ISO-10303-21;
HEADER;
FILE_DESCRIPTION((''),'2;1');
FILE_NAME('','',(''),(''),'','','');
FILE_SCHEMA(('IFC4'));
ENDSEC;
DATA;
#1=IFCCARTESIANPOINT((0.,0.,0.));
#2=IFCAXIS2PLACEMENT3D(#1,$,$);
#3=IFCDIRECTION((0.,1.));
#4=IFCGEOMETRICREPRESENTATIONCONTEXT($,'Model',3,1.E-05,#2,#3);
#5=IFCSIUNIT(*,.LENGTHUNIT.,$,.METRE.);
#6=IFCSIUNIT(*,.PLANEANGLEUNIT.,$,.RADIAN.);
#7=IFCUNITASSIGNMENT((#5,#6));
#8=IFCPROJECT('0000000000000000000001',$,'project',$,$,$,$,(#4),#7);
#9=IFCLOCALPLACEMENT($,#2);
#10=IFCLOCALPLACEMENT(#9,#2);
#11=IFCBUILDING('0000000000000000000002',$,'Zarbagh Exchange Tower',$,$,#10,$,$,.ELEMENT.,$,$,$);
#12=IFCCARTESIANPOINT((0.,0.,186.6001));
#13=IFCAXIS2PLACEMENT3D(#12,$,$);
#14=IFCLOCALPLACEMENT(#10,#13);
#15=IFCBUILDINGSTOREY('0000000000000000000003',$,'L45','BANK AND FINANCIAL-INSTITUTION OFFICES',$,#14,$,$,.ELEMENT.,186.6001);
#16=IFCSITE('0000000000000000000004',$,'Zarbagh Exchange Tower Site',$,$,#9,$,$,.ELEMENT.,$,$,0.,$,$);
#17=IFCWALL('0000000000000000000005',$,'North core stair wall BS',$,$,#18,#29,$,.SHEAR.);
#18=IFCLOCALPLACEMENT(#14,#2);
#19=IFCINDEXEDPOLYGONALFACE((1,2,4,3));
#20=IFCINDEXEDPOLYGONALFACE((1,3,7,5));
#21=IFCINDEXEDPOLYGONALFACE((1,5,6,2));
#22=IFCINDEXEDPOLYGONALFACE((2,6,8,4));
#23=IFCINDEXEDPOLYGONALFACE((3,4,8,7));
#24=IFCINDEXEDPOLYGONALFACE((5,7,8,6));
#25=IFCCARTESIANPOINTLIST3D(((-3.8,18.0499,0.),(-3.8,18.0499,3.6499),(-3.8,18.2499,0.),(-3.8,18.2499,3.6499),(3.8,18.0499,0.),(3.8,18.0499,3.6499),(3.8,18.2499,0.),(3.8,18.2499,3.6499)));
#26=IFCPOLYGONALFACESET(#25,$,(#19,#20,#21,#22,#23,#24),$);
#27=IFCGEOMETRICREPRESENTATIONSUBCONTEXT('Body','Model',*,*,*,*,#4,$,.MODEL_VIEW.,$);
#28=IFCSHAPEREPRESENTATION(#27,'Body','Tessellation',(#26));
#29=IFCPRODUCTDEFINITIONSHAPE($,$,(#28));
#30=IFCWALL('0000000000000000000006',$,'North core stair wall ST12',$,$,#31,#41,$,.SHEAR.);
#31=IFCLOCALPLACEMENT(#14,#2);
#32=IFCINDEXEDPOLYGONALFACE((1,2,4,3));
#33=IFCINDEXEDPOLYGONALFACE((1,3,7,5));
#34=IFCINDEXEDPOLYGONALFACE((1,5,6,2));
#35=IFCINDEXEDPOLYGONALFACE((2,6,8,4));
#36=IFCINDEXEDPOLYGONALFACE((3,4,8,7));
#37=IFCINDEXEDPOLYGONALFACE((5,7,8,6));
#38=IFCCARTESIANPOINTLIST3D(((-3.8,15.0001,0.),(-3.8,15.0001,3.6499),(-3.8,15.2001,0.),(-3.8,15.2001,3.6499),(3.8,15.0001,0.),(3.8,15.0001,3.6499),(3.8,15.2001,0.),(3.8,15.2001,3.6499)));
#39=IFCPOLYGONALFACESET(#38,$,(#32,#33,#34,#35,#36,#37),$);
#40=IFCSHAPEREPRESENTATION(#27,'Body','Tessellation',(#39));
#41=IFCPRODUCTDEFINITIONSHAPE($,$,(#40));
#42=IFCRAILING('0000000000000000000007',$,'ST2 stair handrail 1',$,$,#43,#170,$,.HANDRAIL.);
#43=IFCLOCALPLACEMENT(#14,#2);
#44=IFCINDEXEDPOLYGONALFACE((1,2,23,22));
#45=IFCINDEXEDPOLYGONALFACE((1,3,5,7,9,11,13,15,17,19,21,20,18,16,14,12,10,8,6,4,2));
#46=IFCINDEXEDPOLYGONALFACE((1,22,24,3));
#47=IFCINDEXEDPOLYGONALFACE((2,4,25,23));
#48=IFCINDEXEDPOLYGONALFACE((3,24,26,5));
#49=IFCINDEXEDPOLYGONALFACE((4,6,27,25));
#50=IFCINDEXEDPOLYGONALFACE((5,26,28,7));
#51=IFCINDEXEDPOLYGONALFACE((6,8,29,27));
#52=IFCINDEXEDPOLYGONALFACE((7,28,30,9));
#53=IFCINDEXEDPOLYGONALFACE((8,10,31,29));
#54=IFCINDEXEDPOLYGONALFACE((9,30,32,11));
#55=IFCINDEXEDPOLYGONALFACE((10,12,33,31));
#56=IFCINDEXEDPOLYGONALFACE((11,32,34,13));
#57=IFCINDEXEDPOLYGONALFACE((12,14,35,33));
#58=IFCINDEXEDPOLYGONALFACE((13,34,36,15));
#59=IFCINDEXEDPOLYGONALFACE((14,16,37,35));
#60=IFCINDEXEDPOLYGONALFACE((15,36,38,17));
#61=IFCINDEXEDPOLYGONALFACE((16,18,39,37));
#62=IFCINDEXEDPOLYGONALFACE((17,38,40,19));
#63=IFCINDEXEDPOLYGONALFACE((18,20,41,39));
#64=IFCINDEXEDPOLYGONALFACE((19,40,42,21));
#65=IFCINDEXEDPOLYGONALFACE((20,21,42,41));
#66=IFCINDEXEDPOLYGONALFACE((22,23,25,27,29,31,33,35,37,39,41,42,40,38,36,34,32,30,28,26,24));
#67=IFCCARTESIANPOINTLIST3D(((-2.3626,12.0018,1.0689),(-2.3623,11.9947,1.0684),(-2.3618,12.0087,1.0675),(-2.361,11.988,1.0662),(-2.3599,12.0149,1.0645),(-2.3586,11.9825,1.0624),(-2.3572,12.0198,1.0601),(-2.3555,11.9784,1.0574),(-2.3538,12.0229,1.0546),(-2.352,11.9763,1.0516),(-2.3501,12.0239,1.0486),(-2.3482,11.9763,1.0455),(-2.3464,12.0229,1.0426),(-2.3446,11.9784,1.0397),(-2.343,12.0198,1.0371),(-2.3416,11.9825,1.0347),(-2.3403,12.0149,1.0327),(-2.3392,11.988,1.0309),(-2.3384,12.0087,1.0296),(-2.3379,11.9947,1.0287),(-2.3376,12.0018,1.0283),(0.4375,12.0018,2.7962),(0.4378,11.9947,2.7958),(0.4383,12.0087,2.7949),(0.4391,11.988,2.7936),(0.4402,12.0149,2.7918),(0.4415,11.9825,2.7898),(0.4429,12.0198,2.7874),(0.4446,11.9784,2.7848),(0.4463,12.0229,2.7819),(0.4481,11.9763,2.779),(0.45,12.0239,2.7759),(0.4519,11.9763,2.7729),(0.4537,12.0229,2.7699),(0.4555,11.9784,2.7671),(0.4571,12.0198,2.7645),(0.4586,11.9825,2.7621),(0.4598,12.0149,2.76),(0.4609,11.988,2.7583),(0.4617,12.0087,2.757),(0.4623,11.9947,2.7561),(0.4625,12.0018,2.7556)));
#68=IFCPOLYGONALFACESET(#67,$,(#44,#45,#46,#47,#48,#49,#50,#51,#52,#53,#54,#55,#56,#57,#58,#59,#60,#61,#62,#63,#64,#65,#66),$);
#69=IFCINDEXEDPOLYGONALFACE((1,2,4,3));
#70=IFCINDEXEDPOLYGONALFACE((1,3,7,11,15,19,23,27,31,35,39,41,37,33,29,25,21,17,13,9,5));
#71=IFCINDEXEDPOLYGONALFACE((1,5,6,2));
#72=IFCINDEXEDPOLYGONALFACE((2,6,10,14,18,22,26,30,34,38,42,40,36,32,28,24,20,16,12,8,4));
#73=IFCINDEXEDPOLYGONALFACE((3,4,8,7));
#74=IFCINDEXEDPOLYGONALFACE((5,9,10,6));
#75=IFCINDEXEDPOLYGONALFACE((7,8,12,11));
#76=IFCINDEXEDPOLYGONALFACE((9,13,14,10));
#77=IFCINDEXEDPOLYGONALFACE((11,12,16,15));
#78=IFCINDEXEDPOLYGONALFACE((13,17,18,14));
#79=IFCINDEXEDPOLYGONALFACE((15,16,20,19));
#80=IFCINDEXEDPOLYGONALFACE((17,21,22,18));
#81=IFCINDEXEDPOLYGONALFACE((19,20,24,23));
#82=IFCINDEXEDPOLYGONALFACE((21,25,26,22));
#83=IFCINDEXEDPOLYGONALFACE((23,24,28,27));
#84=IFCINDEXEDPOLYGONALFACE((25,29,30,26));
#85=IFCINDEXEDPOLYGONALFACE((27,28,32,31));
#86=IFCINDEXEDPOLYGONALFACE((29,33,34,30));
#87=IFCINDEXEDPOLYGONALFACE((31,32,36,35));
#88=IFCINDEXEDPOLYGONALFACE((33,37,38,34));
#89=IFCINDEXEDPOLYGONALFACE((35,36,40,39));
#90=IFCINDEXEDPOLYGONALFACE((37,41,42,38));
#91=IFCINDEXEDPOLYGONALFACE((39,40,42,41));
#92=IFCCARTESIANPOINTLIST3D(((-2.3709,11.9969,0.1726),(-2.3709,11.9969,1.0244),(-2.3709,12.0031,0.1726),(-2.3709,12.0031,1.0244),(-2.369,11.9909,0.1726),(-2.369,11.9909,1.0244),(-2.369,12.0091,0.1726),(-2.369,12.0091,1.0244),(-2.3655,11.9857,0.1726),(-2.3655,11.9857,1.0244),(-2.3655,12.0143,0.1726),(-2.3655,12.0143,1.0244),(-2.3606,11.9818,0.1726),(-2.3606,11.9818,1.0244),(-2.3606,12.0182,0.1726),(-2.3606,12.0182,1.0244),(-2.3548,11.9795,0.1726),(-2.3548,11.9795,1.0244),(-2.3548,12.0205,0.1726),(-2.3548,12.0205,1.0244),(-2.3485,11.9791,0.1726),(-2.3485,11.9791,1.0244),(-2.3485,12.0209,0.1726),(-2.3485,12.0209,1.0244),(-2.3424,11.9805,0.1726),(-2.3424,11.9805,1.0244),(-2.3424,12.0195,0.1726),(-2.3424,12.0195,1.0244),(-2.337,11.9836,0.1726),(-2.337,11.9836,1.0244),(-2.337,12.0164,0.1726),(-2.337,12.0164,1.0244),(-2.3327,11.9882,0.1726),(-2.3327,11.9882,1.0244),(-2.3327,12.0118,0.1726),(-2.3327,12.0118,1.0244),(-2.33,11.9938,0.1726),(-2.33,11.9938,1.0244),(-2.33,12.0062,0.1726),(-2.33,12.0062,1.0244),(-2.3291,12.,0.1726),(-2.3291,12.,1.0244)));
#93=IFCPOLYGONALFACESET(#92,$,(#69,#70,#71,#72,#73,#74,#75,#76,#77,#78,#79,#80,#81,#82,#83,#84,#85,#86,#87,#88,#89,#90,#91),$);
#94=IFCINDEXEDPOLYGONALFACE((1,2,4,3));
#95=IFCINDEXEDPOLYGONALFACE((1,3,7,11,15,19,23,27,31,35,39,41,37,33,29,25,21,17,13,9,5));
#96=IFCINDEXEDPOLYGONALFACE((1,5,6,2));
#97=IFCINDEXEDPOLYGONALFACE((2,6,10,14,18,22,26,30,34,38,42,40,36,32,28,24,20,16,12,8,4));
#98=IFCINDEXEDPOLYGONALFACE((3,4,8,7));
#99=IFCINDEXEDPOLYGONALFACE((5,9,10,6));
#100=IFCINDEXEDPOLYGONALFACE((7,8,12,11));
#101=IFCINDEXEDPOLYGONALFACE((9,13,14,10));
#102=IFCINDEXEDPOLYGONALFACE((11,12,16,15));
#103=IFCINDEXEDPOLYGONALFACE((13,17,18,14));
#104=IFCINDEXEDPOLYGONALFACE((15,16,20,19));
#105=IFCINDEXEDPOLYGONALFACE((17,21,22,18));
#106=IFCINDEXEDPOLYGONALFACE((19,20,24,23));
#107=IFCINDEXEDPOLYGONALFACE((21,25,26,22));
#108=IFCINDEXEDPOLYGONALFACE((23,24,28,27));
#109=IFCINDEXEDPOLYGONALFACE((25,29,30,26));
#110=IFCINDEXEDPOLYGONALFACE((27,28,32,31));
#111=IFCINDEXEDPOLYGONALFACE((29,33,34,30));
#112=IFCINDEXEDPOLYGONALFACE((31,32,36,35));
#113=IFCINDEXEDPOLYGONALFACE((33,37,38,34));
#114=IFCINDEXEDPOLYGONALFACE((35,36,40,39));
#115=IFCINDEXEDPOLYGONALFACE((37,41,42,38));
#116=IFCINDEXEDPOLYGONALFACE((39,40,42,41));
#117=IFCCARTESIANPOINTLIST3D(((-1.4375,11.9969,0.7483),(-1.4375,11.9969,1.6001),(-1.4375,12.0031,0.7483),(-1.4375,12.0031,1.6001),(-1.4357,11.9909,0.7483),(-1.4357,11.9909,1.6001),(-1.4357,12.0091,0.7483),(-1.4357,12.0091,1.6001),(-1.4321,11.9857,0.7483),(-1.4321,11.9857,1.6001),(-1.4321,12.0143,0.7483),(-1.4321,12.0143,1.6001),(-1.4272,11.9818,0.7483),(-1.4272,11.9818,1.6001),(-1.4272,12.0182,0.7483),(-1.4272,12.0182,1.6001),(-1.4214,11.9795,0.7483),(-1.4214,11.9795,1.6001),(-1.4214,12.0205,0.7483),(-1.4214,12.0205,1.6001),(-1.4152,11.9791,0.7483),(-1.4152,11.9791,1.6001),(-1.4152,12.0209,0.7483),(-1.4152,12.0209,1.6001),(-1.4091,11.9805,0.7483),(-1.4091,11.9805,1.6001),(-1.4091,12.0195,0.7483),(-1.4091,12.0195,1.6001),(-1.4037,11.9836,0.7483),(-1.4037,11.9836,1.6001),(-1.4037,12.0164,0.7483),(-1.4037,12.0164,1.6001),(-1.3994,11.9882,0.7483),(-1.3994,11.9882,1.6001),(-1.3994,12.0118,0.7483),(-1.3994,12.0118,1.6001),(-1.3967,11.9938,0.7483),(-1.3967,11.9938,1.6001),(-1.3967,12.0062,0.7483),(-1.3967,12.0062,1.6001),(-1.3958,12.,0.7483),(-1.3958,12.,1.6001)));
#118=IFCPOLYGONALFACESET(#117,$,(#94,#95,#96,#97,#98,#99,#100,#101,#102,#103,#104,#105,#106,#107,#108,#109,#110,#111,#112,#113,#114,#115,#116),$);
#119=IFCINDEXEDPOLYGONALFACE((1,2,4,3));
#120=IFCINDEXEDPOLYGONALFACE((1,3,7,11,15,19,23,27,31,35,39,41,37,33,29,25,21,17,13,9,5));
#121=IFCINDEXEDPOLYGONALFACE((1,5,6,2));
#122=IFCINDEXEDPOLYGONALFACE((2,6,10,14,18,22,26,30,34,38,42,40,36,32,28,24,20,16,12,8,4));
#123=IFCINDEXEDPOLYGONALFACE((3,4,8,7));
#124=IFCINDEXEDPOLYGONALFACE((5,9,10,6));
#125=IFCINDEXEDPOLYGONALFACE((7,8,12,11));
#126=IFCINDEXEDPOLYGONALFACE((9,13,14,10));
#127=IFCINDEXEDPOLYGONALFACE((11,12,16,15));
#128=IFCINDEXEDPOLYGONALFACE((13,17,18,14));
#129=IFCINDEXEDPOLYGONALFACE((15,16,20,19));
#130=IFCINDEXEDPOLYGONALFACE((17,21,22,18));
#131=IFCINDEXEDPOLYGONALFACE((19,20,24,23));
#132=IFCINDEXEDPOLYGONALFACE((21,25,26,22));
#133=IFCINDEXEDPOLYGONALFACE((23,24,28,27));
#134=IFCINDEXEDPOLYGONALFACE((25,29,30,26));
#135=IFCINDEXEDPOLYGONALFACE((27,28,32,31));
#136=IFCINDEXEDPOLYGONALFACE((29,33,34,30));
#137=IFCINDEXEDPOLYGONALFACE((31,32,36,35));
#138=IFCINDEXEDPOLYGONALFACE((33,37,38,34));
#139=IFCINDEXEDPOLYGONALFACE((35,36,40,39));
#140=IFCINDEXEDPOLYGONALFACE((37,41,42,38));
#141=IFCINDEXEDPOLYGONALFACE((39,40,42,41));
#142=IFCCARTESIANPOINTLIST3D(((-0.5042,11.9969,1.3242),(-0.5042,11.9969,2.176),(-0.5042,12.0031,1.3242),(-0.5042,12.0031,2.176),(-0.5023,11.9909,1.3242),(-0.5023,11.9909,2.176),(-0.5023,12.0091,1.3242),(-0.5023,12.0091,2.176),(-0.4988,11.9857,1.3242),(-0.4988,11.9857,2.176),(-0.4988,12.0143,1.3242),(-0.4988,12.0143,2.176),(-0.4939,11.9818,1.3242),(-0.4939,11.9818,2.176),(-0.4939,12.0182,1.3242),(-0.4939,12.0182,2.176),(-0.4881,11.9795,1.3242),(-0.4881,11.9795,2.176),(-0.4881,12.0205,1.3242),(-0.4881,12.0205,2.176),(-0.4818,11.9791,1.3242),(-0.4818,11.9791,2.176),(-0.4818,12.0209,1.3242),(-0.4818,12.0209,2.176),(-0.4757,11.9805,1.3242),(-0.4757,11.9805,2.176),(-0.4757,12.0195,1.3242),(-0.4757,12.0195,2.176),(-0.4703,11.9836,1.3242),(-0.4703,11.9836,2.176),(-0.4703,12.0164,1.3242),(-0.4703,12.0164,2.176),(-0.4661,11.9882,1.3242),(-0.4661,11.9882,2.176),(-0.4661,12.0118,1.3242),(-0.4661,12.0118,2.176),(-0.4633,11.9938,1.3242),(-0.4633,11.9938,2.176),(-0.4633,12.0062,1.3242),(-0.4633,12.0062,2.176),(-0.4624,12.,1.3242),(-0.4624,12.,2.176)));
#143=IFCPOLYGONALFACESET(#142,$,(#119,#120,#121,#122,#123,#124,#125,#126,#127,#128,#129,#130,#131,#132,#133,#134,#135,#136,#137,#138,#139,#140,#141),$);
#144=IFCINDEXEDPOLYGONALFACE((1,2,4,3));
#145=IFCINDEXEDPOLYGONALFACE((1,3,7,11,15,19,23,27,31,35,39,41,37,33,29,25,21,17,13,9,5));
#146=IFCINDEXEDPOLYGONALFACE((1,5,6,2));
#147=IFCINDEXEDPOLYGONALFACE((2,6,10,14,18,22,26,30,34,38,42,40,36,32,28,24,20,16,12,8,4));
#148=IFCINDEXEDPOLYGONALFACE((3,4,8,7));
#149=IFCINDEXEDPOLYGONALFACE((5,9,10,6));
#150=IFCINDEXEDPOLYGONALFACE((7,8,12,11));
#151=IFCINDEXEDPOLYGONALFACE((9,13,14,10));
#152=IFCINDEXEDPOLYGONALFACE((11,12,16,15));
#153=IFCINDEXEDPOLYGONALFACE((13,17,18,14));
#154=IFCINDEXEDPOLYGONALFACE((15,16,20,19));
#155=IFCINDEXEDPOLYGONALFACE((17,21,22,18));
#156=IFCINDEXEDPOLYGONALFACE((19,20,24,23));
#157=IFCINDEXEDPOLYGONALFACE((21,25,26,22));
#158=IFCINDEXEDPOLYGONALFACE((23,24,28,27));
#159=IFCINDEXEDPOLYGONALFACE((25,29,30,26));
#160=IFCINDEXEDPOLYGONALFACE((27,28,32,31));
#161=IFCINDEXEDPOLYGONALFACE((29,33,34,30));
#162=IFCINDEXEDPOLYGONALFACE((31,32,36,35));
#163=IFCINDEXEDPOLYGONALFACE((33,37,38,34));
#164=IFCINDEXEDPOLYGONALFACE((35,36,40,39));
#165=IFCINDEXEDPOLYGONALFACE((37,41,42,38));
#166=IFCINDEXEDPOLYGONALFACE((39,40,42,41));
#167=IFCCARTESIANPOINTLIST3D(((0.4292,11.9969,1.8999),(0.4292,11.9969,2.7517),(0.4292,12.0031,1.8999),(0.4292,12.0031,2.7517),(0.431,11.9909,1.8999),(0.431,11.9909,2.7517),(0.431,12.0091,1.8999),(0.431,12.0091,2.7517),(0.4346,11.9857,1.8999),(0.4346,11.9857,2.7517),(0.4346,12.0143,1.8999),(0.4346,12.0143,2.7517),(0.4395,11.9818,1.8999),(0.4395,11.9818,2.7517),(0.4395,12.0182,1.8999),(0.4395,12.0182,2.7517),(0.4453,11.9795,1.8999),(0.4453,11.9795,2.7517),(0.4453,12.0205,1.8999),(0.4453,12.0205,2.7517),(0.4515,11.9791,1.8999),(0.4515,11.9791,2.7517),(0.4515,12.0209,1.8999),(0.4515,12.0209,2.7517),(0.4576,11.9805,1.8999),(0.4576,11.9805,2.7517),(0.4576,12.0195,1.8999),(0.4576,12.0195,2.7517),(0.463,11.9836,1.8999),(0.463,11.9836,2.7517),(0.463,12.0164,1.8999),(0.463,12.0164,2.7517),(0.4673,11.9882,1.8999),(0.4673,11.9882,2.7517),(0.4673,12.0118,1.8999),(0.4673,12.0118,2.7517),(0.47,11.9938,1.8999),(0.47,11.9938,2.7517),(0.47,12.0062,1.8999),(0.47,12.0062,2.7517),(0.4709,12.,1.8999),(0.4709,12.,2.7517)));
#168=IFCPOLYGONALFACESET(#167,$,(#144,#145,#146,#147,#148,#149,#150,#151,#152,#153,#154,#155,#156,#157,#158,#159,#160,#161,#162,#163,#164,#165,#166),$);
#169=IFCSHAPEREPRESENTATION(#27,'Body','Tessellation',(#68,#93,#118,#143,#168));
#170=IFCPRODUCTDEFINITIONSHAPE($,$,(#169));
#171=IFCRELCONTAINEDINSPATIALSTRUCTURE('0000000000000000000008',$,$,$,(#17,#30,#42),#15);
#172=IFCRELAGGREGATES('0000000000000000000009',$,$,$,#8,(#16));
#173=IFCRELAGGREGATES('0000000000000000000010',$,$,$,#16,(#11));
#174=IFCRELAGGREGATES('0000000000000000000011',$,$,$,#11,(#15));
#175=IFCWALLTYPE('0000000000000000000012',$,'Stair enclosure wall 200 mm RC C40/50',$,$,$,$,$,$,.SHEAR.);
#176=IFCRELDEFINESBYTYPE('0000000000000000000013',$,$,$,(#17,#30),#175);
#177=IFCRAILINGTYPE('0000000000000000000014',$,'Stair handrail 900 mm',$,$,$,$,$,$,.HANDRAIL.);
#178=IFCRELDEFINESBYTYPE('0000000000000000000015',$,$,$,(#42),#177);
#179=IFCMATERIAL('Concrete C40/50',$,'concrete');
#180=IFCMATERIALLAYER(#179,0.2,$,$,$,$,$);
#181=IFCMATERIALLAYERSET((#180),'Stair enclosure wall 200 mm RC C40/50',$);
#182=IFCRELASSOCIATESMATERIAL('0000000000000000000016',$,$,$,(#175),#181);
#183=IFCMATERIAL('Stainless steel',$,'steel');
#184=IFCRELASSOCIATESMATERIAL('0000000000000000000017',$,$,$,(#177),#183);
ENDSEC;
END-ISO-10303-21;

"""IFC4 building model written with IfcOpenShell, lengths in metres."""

from ifc_helpers import new_model, si_unit, direction, frame, frame_2d, origin, origin_2d, place, context, subcontext, project, spatial, rectangle, circle, extrude, material, layer, layer_set, type_object, element, save


model = new_model("IFC4")

# Units and contexts
model_context = context("Model", 3, precision=1e-05, world=origin(), true_north=direction((0.0, 1.0)))
body_context = subcontext(model_context, "Body", "Model", "MODEL_VIEW")
ifc_project = project(units=[si_unit("LENGTHUNIT", "METRE"), si_unit("PLANEANGLEUNIT", "RADIAN")], contexts=[model_context])

# Site, building, storey
site_placement = place(None, origin())
site = spatial("IfcSite", under=ifc_project, at=site_placement, Name="Zarbagh Exchange Tower Site", CompositionType="ELEMENT", RefElevation=0.0)
building_placement = place(site_placement, origin())
building = spatial("IfcBuilding", under=site, at=building_placement, Name="Zarbagh Exchange Tower", CompositionType="ELEMENT")
storey_placement = place(building_placement, frame((0.0, 0.0, 186.6001)))
storey = spatial("IfcBuildingStorey", under=building, at=storey_placement, Name="L45", Description="BANK AND FINANCIAL-INSTITUTION OFFICES", CompositionType="ELEMENT", Elevation=186.6001)

# Walls
ifc_material_1 = material(Name="Concrete C40/50", Category="concrete")
ifc_layer_1 = layer(ifc_material_1, 0.2)
ifc_layer_set_1 = layer_set([ifc_layer_1], Name="Stair enclosure wall 200 mm RC C40/50")
wall_type_1 = type_object("IfcWallType", Name="Stair enclosure wall 200 mm RC C40/50", PredefinedType="SHEAR", material=ifc_layer_set_1)
for number, where, z_axis, x_axis, name in (
    (1, (-3.8, 18.1499, 0.0), (0.0, 0.0, 1.0), (1.0, 0.0, 0.0), "North core stair wall BS"),
    (2, (-3.8, 15.1001, 0.0), (0.0, 0.0, 1.0), (1.0, 0.0, 0.0), "North core stair wall ST12"),
):
    element("IfcWall", number, at=place(storey_placement, frame(where, z_axis=z_axis, x_axis=x_axis)), inside=storey, type_object=wall_type_1, Name=name, PredefinedType="SHEAR", context=body_context, shape_type="SweptSolid", body=[
        extrude(rectangle(XDim=7.6001, YDim=0.2, at=frame_2d((3.8, 0.0))), origin(), (0.0, 0.0, 1.0), 3.6499),
    ])

# Railing
ifc_material_2 = material(Name="Stainless steel", Category="steel")
railing_type = type_object("IfcRailingType", Name="Stair handrail 900 mm", PredefinedType="HANDRAIL", material=ifc_material_2)
railing_placement = place(storey_placement, frame((-2.3501, 12.0, 0.1726)))
element("IfcRailing", 3, at=railing_placement, inside=storey, type_object=railing_type, Name="ST2 stair handrail 1", PredefinedType="HANDRAIL", context=body_context, shape_type="SweptSolid", body=[
    extrude(circle(Radius=0.0239, at=origin_2d()), frame((0.0, 0.0, 0.876), z_axis=(0.85109, 0.0, 0.52502), x_axis=(0.0, 1.0, 0.0)), (0.0, 0.0, 1.0), 3.29),
    extrude(circle(Radius=0.021, at=origin_2d()), origin(), (0.0, 0.0, 1.0), 0.8518),
    extrude(circle(Radius=0.021, at=origin_2d()), frame((0.9333, 0.0, 0.5757)), (0.0, 0.0, 1.0), 0.8518),
    extrude(circle(Radius=0.021, at=origin_2d()), frame((1.8667, 0.0, 1.1516)), (0.0, 0.0, 1.0), 0.8518),
    extrude(circle(Radius=0.021, at=origin_2d()), frame((2.8, 0.0, 1.7273)), (0.0, 0.0, 1.0), 0.8518),
])

save(model, "model.ifc")
